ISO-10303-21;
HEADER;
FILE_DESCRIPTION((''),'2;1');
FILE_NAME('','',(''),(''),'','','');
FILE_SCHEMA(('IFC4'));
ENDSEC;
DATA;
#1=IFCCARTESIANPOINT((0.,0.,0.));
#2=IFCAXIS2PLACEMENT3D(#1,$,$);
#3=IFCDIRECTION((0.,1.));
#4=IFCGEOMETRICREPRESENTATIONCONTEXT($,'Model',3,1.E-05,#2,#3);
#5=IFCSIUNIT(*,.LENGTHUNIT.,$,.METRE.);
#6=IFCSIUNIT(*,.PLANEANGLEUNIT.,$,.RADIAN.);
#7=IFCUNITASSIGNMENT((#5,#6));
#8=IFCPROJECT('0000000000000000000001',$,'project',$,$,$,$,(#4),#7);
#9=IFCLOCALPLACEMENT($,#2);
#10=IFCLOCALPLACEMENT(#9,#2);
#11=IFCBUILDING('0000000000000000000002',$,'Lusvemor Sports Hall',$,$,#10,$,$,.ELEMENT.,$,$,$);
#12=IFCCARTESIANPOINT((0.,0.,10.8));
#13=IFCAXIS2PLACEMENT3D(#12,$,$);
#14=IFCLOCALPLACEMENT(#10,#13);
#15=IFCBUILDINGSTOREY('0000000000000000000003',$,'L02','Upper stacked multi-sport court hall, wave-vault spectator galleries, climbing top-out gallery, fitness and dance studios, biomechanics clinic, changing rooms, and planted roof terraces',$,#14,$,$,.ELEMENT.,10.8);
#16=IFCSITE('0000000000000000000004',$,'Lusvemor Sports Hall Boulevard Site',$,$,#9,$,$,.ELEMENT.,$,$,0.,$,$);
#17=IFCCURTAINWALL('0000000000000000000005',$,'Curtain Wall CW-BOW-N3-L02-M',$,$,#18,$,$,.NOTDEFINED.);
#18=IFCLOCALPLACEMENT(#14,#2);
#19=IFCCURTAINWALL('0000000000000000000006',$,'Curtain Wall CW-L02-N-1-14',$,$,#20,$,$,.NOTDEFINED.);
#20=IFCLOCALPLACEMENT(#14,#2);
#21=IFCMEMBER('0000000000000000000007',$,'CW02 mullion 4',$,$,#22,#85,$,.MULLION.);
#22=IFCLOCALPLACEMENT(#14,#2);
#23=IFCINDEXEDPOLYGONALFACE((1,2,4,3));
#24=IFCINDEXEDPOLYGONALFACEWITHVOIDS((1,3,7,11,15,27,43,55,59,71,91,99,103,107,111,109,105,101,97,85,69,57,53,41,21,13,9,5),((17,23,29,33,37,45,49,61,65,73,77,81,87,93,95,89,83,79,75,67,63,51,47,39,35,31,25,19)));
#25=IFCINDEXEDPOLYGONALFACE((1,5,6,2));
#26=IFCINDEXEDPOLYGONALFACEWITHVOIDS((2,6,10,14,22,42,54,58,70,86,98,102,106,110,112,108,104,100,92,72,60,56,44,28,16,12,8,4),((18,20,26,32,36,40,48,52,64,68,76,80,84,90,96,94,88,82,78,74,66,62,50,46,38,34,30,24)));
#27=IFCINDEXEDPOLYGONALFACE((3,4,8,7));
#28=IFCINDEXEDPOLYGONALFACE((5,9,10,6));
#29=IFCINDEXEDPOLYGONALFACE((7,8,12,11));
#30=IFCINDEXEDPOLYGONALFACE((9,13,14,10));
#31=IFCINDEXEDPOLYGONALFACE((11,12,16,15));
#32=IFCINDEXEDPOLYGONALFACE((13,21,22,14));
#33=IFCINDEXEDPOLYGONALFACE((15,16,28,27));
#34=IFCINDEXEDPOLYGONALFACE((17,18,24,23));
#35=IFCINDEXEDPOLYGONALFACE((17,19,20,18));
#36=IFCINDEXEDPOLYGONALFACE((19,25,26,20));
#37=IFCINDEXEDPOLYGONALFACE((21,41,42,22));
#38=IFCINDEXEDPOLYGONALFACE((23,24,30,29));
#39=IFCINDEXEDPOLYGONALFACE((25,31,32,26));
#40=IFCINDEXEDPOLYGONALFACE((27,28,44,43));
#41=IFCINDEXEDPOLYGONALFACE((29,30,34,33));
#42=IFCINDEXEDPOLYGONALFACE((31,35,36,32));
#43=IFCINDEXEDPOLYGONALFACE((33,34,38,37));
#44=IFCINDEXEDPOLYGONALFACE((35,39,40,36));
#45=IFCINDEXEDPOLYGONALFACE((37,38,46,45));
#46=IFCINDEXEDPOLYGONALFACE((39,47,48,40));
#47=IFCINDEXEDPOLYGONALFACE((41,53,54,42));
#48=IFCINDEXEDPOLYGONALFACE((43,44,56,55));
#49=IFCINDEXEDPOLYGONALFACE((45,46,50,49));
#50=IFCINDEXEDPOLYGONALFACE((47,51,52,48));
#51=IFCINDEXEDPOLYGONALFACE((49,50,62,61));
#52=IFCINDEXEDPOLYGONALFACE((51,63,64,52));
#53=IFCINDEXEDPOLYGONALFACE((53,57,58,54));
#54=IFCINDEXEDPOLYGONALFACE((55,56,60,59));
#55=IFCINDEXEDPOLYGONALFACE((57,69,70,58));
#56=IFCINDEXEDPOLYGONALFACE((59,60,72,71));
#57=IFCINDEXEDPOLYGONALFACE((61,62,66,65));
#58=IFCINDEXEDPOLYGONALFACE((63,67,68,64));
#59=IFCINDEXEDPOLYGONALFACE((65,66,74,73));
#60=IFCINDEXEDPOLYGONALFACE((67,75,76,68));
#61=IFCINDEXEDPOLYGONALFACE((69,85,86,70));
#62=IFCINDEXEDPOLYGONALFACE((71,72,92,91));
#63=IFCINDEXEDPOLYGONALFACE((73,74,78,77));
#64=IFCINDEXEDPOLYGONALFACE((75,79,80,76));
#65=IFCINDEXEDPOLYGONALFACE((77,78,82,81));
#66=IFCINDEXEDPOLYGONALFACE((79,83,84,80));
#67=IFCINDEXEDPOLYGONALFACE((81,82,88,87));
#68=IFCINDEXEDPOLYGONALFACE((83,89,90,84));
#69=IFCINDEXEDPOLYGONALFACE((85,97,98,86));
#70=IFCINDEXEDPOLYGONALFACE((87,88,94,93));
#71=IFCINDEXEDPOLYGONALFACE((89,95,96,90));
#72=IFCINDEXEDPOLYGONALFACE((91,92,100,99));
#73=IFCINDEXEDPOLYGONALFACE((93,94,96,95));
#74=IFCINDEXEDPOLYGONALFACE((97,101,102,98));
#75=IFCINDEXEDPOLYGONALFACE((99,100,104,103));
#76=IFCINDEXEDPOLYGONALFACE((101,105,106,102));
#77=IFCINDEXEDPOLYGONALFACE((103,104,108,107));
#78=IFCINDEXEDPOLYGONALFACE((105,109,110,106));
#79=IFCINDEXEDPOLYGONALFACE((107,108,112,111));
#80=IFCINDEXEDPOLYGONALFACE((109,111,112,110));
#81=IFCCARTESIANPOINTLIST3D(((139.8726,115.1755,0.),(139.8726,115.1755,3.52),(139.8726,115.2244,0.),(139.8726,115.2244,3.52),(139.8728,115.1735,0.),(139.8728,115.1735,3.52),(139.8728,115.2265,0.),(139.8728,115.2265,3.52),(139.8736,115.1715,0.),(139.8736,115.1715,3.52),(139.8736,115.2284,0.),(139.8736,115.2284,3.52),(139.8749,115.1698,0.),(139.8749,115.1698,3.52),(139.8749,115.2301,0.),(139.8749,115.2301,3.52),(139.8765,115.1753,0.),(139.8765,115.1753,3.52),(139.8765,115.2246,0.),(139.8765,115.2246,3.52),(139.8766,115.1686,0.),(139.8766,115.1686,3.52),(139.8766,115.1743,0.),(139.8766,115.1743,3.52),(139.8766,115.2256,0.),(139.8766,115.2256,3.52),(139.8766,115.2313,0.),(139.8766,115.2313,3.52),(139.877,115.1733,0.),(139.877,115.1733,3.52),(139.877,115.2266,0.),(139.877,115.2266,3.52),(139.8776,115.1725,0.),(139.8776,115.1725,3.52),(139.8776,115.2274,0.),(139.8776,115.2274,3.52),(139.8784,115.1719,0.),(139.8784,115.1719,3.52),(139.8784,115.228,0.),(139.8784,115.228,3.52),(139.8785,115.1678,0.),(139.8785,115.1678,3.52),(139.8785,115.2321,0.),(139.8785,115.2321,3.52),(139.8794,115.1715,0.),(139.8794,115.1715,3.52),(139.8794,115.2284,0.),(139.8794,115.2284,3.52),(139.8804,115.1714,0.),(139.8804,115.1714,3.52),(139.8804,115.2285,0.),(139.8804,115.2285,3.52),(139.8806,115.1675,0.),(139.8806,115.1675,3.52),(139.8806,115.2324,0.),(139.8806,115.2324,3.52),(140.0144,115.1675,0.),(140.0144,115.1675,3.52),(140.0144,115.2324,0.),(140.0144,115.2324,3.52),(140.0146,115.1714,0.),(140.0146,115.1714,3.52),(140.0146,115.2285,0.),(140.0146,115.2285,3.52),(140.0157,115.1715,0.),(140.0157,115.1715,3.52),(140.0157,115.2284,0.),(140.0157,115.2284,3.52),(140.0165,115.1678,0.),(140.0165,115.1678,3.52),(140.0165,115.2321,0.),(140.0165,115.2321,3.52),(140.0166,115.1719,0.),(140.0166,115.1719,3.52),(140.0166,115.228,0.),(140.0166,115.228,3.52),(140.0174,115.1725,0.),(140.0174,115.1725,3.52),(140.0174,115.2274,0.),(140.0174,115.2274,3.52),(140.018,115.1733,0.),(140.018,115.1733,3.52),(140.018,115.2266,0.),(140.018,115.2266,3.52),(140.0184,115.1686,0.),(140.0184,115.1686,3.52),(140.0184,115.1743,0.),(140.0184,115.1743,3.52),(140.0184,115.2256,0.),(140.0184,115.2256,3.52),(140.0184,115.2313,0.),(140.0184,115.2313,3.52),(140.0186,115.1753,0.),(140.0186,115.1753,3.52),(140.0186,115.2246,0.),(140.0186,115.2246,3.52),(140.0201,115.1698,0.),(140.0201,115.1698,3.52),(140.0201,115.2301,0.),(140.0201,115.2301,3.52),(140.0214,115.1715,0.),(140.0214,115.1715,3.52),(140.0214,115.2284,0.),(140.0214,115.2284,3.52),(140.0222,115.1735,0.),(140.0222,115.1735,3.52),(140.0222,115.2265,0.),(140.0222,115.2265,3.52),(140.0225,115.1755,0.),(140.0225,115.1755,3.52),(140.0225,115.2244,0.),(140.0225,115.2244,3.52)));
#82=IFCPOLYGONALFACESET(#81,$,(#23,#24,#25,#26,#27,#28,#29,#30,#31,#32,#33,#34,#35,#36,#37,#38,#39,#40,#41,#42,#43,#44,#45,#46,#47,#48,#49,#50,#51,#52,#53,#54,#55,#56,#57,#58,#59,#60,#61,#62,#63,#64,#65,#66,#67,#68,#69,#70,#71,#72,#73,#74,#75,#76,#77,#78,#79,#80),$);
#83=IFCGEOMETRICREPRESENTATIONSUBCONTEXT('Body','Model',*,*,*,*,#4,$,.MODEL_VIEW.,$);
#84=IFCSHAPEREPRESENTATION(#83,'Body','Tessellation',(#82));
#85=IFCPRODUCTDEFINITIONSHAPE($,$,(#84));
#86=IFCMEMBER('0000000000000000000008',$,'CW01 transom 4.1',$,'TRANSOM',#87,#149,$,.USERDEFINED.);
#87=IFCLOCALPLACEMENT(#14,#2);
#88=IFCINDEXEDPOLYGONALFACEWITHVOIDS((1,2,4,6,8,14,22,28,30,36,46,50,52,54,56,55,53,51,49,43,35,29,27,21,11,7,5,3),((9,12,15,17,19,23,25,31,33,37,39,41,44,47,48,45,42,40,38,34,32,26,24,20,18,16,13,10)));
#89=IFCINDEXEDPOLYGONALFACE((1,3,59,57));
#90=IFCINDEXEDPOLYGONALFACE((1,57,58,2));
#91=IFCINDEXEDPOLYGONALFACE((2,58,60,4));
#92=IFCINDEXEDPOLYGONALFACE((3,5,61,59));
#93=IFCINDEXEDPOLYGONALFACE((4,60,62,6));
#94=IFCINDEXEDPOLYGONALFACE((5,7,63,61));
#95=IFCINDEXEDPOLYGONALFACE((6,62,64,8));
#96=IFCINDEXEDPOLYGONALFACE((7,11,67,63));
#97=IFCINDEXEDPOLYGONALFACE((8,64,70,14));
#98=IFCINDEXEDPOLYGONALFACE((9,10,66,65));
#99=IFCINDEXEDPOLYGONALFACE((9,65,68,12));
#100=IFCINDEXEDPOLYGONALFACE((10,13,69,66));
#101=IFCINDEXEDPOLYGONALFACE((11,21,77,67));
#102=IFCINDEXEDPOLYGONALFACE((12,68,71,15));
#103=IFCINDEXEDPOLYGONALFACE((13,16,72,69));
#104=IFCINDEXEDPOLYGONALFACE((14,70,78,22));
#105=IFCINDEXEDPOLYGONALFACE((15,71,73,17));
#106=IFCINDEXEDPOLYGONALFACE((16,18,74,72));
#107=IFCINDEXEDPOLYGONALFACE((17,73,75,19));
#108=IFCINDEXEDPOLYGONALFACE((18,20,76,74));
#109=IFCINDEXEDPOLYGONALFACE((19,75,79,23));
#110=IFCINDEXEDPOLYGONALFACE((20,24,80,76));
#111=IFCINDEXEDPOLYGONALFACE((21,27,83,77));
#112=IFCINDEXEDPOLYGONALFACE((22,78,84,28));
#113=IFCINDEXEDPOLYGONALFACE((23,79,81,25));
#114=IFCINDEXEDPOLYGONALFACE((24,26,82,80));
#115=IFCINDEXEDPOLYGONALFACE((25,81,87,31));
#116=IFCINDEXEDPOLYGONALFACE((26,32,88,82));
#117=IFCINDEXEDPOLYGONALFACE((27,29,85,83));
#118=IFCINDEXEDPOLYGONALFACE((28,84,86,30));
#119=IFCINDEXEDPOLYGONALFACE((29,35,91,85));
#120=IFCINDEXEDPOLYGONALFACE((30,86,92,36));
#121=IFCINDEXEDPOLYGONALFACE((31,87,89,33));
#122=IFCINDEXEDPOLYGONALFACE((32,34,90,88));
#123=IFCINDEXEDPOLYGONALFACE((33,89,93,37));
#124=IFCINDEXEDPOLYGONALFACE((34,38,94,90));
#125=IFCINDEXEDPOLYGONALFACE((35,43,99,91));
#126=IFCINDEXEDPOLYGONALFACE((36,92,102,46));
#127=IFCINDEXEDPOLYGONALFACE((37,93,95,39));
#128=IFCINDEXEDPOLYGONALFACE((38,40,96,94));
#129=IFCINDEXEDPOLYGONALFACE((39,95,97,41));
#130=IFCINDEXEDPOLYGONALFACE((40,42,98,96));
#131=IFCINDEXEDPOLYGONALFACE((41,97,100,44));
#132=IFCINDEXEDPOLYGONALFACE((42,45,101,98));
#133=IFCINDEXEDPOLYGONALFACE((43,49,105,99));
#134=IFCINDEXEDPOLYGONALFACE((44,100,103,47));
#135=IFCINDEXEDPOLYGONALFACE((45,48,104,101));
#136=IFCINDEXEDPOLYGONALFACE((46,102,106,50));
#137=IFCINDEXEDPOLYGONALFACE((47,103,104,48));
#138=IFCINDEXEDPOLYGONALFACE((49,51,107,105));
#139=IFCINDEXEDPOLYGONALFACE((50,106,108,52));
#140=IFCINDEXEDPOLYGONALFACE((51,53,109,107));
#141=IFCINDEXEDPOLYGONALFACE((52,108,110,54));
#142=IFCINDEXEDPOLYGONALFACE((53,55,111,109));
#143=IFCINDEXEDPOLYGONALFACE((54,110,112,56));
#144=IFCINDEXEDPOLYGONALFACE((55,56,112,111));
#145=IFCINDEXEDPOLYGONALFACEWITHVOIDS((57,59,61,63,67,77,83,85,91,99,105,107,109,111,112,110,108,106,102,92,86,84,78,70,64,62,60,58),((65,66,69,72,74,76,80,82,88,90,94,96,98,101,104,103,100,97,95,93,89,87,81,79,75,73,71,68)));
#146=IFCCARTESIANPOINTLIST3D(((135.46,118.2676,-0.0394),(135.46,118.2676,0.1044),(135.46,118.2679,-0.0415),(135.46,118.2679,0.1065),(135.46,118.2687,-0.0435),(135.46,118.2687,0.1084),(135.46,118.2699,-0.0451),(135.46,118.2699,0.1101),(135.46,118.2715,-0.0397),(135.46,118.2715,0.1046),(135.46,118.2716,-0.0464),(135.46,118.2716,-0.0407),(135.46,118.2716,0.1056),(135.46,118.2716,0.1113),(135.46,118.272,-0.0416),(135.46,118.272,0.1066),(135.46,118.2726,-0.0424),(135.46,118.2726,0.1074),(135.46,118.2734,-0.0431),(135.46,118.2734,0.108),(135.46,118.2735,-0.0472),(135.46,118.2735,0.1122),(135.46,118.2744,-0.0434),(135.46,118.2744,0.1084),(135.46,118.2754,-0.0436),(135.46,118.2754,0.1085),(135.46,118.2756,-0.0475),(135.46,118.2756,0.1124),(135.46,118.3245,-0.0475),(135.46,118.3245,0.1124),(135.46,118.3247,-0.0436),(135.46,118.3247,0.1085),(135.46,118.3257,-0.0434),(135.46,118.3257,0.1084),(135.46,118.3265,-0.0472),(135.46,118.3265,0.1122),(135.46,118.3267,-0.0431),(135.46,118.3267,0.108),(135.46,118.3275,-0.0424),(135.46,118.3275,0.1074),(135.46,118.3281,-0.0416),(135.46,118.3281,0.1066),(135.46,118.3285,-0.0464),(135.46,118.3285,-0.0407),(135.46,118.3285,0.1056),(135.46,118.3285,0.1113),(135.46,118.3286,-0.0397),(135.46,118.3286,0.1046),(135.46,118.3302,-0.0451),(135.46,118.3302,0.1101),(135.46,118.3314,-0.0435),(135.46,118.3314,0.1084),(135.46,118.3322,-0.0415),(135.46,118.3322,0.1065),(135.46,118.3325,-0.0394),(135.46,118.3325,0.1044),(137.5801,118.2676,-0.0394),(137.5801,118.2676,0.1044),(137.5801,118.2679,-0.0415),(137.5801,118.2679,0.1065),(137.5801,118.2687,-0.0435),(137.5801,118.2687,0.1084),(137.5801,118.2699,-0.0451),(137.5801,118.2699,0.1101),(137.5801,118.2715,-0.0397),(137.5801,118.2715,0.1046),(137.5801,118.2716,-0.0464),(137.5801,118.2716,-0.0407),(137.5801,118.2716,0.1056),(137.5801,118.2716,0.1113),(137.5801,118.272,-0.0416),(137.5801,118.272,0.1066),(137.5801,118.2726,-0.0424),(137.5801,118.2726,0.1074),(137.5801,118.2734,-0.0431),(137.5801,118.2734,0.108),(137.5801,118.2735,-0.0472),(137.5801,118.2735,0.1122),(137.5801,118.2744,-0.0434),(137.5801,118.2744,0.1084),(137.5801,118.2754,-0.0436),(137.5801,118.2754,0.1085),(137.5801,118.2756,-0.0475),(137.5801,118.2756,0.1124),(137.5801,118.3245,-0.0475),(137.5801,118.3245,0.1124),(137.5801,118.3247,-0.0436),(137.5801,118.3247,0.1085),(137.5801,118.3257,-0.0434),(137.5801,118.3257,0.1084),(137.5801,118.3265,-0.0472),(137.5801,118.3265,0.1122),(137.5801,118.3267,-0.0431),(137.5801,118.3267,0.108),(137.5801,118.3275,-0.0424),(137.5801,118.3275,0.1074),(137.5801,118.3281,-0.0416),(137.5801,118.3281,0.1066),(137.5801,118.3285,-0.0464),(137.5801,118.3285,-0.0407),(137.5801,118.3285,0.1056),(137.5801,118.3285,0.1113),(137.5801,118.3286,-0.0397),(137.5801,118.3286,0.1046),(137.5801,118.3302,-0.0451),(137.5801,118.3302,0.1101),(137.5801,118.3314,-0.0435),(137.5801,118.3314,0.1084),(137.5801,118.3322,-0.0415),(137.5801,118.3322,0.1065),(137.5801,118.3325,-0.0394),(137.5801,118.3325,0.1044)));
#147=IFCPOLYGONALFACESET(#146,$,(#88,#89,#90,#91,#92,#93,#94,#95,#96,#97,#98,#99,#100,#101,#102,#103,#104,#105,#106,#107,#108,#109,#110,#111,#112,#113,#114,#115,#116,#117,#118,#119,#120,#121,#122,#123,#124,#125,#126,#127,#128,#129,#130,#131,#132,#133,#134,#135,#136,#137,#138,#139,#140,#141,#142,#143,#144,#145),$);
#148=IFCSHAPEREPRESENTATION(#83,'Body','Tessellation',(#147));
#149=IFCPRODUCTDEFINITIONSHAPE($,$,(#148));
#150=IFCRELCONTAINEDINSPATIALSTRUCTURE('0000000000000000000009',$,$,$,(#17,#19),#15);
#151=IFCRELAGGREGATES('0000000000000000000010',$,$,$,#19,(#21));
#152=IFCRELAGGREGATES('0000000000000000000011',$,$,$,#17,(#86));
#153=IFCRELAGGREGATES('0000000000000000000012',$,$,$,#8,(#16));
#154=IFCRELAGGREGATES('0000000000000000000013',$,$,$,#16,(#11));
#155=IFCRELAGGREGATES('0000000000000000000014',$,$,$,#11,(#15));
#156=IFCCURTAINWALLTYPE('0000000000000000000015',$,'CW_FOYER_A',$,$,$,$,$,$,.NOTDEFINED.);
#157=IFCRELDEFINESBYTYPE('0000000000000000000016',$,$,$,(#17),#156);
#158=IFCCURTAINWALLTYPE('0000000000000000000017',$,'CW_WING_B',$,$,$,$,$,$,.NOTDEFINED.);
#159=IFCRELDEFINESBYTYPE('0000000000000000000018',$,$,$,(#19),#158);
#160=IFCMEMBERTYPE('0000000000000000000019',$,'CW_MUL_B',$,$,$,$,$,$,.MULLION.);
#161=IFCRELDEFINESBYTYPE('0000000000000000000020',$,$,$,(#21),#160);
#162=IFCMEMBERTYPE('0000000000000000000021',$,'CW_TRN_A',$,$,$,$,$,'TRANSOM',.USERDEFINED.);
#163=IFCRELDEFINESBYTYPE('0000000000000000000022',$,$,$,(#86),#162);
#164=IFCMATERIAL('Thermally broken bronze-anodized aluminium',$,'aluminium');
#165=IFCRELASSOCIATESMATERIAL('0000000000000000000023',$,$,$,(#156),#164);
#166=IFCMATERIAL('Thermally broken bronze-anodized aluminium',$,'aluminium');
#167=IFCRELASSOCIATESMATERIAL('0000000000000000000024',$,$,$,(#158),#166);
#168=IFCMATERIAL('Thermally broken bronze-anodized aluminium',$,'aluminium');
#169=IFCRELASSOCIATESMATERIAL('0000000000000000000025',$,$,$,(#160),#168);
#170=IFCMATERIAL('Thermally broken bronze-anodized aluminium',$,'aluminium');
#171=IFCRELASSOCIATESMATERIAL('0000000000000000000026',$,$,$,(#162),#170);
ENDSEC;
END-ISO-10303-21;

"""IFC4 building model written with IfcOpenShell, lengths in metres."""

from ifc_helpers import new_model, si_unit, direction, frame, origin, origin_2d, place, context, subcontext, project, spatial, hollow_rectangle, extrude, material, material_profile, profile_set, type_object, element, aggregate, save


model = new_model("IFC4")

# Units and contexts
model_context = context("Model", 3, precision=1e-05, world=origin(), true_north=direction((0.0, 1.0)))
body_context = subcontext(model_context, "Body", "Model", "MODEL_VIEW")
ifc_project = project(units=[si_unit("LENGTHUNIT", "METRE"), si_unit("PLANEANGLEUNIT", "RADIAN")], contexts=[model_context])

# Site, building, storey
site_placement = place(None, origin())
site = spatial("IfcSite", under=ifc_project, at=site_placement, Name="Lusvemor Sports Hall Boulevard Site", CompositionType="ELEMENT", RefElevation=0.0)
building_placement = place(site_placement, origin())
building = spatial("IfcBuilding", under=site, at=building_placement, Name="Lusvemor Sports Hall", CompositionType="ELEMENT")
storey_placement = place(building_placement, frame((0.0, 0.0, 10.8)))
storey = spatial("IfcBuildingStorey", under=building, at=storey_placement, Name="L02", Description="Upper stacked multi-sport court hall, wave-vault spectator galleries, climbing top-out gallery, fitness and dance studios, biomechanics clinic, changing rooms, and planted roof terraces", CompositionType="ELEMENT", Elevation=10.8)

# Curtain wall
ifc_material_1 = material(Name="Thermally broken bronze-anodized aluminium", Category="aluminium")
curtain_wall_type_1 = type_object("IfcCurtainWallType", Name="CW_FOYER_A", PredefinedType="NOTDEFINED", material=ifc_material_1)
curtain_wall_1_placement = place(storey_placement, origin())
curtain_wall_1 = element("IfcCurtainWall", 1, at=curtain_wall_1_placement, inside=storey, type_object=curtain_wall_type_1, Name="Curtain Wall CW-BOW-N3-L02-M", PredefinedType="NOTDEFINED")

# Curtain wall, member
ifc_material_2 = material(Name="Thermally broken bronze-anodized aluminium", Category="aluminium")
curtain_wall_type_2 = type_object("IfcCurtainWallType", Name="CW_WING_B", PredefinedType="NOTDEFINED", material=ifc_material_2)
curtain_wall_2_placement = place(storey_placement, origin())
curtain_wall_2 = element("IfcCurtainWall", 2, at=curtain_wall_2_placement, inside=storey, type_object=curtain_wall_type_2, Name="Curtain Wall CW-L02-N-1-14", PredefinedType="NOTDEFINED")
ifc_material_3 = material(Name="Thermally broken bronze-anodized aluminium", Category="aluminium")
ifc_material_profile_1 = material_profile(ifc_material_3, hollow_rectangle(XDim=0.0649, YDim=0.1499, WallThickness=0.0039, InnerFilletRadius=0.0039, OuterFilletRadius=0.0081, at=origin_2d()), Name="CWMUL150x65x4")
ifc_profile_set_1 = profile_set([ifc_material_profile_1], Name="Thermally broken bronze-anodized aluminium")
member_type_1 = type_object("IfcMemberType", Name="CW_MUL_B", PredefinedType="MULLION", material=ifc_profile_set_1)
member_1_placement = place(storey_placement, frame((139.9475, 115.2, 0.0), z_axis=(0.0, 0.0, 1.0), x_axis=(0.0, 1.0, 0.0)))
member_1 = element("IfcMember", 3, at=member_1_placement, type_object=member_type_1, Name="CW02 mullion 4", PredefinedType="MULLION", context=body_context, shape_type="SweptSolid", body=[
    extrude(hollow_rectangle(XDim=0.0649, YDim=0.1499, WallThickness=0.0039, InnerFilletRadius=0.0039, OuterFilletRadius=0.0081, at=origin_2d()), origin(), (0.0, 0.0, 1.0), 3.52),
])

# Member
ifc_material_4 = material(Name="Thermally broken bronze-anodized aluminium", Category="aluminium")
ifc_material_profile_2 = material_profile(ifc_material_4, hollow_rectangle(XDim=0.0649, YDim=0.1599, WallThickness=0.0039, InnerFilletRadius=0.0039, OuterFilletRadius=0.0081, at=origin_2d()), Name="CWTRN160x65x4")
ifc_profile_set_2 = profile_set([ifc_material_profile_2], Name="Thermally broken bronze-anodized aluminium")
member_type_2 = type_object("IfcMemberType", Name="CW_TRN_A", ElementType="TRANSOM", PredefinedType="USERDEFINED", material=ifc_profile_set_2)
member_2_placement = place(storey_placement, frame((135.46, 118.3, 0.0325), z_axis=(1.0, 0.0, 0.0), x_axis=(0.0, 1.0, 0.0)))
member_2 = element("IfcMember", 4, at=member_2_placement, type_object=member_type_2, Name="CW01 transom 4.1", ObjectType="TRANSOM", PredefinedType="USERDEFINED", context=body_context, shape_type="SweptSolid", body=[
    extrude(hollow_rectangle(XDim=0.0649, YDim=0.1599, WallThickness=0.0039, InnerFilletRadius=0.0039, OuterFilletRadius=0.0081, at=origin_2d()), origin(), (0.0, 0.0, 1.0), 2.1201),
])

aggregate(curtain_wall_2, [member_1])
aggregate(curtain_wall_1, [member_2])

save(model, "model.ifc")
